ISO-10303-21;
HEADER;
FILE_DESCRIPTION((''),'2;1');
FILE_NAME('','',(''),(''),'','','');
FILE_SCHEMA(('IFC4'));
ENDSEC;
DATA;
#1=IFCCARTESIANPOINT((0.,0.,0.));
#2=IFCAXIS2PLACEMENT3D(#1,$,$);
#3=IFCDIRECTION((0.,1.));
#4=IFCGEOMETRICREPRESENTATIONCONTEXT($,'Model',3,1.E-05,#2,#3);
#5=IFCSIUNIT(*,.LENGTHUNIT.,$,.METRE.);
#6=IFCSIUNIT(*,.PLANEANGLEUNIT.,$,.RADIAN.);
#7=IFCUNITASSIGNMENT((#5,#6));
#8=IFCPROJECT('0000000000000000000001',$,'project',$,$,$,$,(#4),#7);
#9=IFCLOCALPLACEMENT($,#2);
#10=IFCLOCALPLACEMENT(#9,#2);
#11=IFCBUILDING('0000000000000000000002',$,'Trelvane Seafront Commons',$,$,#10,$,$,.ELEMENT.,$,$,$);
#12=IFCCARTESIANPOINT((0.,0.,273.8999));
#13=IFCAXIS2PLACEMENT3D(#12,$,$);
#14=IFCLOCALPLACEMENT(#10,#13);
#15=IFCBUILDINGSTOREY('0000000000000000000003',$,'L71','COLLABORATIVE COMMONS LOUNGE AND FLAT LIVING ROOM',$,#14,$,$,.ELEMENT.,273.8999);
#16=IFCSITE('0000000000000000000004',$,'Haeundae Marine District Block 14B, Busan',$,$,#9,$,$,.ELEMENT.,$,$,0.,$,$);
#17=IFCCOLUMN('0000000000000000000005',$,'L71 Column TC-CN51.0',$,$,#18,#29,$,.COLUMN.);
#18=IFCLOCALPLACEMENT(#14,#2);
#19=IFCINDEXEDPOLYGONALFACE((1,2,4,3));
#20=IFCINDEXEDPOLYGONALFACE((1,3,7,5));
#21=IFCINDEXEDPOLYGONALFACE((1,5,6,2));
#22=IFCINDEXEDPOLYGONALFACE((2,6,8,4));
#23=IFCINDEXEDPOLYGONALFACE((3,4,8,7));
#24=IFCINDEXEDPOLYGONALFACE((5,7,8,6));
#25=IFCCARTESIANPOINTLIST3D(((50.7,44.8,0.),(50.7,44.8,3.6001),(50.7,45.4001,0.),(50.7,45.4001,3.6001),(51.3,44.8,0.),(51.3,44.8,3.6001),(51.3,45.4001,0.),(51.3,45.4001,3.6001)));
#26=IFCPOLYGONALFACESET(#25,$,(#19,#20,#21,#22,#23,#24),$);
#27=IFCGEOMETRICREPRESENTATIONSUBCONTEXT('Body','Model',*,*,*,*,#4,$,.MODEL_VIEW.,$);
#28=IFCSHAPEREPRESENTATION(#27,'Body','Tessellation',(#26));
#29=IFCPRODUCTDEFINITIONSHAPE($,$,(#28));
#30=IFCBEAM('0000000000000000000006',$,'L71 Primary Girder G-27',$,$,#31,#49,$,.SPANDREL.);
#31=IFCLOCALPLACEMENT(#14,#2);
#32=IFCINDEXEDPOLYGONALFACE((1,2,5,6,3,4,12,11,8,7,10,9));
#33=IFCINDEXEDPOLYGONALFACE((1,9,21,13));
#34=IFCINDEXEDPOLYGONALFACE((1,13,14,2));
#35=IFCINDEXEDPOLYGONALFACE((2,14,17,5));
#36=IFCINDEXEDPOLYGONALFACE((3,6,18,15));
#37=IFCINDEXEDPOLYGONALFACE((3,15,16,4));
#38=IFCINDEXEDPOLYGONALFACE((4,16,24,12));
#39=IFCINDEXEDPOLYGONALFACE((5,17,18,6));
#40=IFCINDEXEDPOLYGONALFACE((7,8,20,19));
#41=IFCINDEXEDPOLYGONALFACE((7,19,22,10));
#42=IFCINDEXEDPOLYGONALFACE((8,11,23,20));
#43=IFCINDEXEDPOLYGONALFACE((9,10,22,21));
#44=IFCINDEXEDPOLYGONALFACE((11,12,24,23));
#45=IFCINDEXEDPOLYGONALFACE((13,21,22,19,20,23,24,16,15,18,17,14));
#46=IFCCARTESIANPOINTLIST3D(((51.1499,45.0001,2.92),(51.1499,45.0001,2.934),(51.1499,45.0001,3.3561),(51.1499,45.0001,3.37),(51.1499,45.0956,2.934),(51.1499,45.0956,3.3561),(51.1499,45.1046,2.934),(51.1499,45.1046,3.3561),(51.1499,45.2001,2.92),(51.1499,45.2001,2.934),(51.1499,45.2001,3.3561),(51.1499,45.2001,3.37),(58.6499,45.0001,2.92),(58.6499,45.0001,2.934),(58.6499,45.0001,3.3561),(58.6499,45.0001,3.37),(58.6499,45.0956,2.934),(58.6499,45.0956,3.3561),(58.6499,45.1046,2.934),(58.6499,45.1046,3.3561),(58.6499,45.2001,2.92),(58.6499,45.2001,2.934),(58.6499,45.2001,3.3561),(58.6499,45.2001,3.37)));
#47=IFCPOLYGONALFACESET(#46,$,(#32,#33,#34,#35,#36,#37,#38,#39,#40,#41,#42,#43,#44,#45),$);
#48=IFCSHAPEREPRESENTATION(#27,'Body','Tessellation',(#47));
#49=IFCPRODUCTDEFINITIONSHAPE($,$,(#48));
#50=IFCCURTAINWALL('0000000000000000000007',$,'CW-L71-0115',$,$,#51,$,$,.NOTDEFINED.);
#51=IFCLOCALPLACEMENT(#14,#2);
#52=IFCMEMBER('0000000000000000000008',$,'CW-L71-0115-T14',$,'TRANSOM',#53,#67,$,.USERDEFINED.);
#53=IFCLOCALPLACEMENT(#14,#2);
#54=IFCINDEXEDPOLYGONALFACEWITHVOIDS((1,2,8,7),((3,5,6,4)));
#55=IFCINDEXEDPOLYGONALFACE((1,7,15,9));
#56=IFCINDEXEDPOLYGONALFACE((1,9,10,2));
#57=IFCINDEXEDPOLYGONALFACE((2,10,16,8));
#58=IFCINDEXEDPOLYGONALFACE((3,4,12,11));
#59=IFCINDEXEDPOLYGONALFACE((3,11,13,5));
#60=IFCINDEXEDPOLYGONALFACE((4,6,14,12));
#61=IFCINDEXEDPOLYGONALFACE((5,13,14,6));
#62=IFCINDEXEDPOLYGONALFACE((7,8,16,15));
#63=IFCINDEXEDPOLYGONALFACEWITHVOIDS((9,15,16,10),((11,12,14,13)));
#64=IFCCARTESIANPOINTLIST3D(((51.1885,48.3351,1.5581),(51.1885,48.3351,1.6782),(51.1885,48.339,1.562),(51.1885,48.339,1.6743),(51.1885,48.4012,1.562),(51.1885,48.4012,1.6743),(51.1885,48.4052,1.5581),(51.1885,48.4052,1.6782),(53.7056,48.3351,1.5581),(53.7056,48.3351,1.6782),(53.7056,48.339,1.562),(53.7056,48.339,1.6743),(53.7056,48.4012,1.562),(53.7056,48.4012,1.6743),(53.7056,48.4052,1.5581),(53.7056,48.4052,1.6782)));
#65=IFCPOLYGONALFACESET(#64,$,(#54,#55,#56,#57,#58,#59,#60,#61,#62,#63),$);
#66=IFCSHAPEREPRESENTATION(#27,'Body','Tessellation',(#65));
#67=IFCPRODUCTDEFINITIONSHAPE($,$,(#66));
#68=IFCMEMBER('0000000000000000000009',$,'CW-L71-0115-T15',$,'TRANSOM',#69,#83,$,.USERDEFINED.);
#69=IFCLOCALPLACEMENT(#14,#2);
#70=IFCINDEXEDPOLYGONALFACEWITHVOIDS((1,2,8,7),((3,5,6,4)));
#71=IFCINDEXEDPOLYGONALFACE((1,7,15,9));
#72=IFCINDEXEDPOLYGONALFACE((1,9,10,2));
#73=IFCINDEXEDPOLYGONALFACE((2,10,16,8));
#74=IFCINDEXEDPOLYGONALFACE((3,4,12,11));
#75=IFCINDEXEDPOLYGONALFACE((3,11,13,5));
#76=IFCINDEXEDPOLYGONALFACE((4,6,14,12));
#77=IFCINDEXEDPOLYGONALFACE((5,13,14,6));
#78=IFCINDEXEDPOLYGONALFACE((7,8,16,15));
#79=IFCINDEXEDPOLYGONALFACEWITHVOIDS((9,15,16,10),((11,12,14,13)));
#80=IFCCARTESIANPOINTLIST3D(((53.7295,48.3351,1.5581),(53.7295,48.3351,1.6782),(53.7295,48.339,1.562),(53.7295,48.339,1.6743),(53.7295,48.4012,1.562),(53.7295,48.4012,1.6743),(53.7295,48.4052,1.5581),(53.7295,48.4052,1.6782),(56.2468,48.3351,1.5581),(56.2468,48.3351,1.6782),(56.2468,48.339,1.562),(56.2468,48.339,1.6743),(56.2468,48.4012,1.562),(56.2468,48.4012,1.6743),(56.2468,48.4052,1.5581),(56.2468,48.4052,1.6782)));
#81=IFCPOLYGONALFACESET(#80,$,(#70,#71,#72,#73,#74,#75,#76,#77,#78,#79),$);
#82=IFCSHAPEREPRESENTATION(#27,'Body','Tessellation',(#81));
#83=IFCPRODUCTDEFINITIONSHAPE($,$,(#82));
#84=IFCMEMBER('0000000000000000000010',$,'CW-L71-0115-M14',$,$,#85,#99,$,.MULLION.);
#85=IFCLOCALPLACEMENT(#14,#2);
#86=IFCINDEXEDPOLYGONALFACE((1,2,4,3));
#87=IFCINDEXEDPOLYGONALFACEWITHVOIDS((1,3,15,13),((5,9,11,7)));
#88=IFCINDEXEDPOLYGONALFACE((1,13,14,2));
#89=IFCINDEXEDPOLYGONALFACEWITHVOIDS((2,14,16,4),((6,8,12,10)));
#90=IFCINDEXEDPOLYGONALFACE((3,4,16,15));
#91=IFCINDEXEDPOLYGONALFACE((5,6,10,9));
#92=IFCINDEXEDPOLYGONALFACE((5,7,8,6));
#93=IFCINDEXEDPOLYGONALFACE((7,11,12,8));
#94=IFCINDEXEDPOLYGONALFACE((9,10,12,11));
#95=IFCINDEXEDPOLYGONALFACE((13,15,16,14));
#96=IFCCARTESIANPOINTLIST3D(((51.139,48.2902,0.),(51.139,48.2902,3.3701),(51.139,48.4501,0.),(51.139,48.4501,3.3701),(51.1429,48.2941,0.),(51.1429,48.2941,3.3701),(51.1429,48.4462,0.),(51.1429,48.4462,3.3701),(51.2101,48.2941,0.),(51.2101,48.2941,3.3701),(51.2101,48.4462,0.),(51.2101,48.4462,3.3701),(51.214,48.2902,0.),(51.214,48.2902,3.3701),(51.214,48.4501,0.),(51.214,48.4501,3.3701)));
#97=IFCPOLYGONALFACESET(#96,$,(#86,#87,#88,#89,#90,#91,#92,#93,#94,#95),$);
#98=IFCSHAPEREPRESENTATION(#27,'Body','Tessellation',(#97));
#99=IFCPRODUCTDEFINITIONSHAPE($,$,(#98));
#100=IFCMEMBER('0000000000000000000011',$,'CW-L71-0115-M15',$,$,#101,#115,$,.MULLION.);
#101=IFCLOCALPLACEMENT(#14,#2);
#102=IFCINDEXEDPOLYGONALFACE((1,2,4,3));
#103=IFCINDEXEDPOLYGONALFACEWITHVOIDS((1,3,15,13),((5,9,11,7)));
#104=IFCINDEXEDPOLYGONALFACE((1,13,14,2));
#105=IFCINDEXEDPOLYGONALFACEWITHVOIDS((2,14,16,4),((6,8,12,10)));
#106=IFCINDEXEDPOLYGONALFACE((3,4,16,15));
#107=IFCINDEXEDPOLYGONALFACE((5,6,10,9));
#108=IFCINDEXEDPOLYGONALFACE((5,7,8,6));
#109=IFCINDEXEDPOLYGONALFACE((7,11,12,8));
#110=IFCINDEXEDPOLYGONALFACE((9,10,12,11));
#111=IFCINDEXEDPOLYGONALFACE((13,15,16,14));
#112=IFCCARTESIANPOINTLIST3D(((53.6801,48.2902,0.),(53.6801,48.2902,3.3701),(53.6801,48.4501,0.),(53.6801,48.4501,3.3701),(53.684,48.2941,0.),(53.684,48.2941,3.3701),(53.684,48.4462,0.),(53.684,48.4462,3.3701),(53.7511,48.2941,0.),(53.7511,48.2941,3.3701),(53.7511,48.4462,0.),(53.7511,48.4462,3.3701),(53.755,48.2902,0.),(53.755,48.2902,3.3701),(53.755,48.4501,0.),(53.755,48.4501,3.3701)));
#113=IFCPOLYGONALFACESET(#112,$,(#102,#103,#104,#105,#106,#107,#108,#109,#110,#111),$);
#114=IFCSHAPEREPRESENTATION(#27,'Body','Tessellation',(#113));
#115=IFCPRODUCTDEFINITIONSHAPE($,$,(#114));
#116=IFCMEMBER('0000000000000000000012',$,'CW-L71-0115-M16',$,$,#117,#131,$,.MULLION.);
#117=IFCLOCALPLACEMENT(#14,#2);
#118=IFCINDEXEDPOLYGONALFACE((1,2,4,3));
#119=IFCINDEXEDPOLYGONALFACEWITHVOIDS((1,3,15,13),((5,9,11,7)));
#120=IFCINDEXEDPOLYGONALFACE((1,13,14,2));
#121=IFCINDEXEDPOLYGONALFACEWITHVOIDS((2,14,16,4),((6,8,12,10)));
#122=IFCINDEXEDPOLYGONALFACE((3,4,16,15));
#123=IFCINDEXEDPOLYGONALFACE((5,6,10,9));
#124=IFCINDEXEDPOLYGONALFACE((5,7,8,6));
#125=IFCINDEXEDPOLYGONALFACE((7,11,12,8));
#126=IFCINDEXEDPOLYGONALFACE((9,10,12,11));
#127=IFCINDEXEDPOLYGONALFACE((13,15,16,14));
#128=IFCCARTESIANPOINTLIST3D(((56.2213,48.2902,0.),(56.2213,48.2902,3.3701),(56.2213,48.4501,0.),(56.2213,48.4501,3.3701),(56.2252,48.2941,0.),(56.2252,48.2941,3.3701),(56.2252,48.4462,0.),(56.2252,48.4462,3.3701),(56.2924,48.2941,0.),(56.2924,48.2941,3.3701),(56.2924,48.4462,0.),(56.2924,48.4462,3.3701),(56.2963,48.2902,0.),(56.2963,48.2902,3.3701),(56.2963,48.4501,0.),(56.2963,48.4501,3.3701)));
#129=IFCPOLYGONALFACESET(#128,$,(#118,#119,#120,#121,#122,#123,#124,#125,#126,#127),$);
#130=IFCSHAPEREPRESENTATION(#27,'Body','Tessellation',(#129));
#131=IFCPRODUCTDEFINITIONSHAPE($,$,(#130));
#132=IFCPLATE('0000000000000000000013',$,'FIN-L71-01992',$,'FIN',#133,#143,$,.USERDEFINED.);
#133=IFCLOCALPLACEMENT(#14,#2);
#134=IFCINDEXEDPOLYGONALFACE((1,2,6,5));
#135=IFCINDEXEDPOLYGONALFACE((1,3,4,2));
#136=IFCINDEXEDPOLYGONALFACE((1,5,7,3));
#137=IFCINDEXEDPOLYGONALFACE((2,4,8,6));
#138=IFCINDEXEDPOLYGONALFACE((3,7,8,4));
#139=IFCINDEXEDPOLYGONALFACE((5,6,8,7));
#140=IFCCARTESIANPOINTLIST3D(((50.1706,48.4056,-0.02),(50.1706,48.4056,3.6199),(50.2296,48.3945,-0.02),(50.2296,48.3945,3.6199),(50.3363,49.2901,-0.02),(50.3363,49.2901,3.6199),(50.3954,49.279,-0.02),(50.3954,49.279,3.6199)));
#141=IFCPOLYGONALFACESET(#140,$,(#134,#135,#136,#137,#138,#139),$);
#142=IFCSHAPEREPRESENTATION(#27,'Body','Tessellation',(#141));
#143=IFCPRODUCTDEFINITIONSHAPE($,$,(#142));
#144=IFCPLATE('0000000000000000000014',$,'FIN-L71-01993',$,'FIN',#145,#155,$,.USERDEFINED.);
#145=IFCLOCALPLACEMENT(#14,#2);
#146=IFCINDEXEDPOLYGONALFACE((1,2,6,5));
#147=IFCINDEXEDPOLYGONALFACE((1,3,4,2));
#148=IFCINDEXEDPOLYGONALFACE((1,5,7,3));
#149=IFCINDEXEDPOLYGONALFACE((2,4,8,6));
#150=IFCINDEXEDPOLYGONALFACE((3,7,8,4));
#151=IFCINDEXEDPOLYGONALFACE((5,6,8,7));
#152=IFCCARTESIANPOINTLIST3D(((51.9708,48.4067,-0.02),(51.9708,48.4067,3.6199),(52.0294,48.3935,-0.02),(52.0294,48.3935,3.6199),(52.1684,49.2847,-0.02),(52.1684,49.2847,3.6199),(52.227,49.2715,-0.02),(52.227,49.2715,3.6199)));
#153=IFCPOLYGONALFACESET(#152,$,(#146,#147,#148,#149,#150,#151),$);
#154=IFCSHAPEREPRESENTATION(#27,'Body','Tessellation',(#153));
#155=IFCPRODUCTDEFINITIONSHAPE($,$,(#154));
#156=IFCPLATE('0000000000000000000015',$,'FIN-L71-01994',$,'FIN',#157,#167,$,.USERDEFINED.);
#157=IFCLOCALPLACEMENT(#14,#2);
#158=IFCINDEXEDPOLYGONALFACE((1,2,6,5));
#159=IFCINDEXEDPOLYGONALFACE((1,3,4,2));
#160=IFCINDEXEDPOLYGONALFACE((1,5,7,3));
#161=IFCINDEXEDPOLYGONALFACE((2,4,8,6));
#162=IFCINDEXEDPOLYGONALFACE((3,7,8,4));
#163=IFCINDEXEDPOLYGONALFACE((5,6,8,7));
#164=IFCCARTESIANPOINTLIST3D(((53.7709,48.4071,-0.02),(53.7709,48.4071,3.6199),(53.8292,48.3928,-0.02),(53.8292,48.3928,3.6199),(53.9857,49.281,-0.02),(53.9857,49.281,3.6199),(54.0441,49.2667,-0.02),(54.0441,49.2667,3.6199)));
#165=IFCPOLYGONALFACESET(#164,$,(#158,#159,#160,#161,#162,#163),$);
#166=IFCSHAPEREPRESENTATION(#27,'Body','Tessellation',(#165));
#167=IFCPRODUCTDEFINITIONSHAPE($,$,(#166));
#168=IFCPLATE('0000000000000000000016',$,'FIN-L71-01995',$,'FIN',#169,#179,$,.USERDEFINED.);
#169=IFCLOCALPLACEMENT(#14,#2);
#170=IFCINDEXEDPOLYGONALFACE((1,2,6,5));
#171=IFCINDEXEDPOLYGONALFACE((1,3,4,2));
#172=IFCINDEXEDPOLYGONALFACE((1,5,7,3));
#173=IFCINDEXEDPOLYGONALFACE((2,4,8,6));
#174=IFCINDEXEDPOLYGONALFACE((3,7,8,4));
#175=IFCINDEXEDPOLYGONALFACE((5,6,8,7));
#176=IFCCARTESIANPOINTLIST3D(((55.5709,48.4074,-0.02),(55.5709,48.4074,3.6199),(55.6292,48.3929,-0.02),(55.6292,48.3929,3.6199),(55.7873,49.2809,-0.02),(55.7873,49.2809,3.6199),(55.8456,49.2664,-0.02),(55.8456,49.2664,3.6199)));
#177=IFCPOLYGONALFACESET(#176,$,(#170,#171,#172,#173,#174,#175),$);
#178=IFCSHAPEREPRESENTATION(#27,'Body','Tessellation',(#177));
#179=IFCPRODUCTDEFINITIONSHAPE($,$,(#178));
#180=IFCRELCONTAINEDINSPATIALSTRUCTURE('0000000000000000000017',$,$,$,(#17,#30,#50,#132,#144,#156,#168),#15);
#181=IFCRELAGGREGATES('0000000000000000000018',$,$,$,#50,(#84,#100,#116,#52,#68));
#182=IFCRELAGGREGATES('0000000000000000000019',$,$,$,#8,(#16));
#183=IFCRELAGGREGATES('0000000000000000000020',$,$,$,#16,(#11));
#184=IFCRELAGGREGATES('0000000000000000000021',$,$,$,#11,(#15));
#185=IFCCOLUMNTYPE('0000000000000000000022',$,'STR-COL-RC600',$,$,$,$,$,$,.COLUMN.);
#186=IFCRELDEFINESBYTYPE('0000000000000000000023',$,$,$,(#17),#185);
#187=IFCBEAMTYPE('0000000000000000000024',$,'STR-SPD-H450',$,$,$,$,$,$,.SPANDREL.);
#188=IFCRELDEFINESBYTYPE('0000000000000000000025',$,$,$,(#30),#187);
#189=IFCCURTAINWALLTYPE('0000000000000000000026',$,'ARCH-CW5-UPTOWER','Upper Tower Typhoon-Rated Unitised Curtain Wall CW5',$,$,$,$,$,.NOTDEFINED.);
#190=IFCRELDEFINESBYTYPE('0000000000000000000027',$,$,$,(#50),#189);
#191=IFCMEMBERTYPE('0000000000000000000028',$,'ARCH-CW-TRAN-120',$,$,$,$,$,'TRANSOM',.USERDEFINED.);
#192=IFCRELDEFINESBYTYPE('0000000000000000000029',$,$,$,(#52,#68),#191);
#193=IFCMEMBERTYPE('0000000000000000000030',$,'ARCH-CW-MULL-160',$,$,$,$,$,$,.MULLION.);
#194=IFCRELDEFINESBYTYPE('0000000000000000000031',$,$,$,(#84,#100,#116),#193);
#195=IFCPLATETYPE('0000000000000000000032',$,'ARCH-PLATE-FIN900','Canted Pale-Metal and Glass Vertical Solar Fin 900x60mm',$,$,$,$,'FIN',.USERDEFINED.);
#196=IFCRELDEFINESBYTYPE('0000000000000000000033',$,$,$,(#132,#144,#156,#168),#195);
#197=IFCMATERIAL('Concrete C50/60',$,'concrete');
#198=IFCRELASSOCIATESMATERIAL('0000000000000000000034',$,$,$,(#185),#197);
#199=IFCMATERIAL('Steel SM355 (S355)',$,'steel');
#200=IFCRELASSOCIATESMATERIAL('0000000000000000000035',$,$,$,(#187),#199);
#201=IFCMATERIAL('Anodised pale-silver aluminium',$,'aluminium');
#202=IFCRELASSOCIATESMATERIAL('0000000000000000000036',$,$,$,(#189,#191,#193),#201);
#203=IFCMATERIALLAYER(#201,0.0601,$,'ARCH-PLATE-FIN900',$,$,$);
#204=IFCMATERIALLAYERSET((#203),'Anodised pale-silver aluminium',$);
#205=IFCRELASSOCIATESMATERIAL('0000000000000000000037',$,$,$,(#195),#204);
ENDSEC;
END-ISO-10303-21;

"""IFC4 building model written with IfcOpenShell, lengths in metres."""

from ifc_helpers import new_model, si_unit, direction, frame, origin, origin_2d, place, context, subcontext, project, spatial, rectangle, hollow_rectangle, i_section, extrude, source, transform, mapped, material, layer, layer_set, material_profile, profile_set, type_object, element, aggregate, save


model = new_model("IFC4")

# Units and contexts
model_context = context("Model", 3, precision=1e-05, world=origin(), true_north=direction((0.0, 1.0)))
body_context = subcontext(model_context, "Body", "Model", "MODEL_VIEW")
ifc_project = project(units=[si_unit("LENGTHUNIT", "METRE"), si_unit("PLANEANGLEUNIT", "RADIAN")], contexts=[model_context])

# Site, building, storey
site_placement = place(None, origin())
site = spatial("IfcSite", under=ifc_project, at=site_placement, Name="Haeundae Marine District Block 14B, Busan", CompositionType="ELEMENT", RefElevation=0.0)
building_placement = place(site_placement, origin())
building = spatial("IfcBuilding", under=site, at=building_placement, Name="Trelvane Seafront Commons", CompositionType="ELEMENT")
storey_placement = place(building_placement, frame((0.0, 0.0, 273.8999)))
storey = spatial("IfcBuildingStorey", under=building, at=storey_placement, Name="L71", Description="COLLABORATIVE COMMONS LOUNGE AND FLAT LIVING ROOM", CompositionType="ELEMENT", Elevation=273.8999)

# Column
ifc_material_1 = material(Name="Concrete C50/60", Category="concrete")
ifc_material_profile_1 = material_profile(ifc_material_1, rectangle(XDim=0.6001, YDim=0.6001, at=origin_2d()), Name="RC-600x600")
ifc_profile_set_1 = profile_set([ifc_material_profile_1], Name="Concrete C50/60")
column_type = type_object("IfcColumnType", Name="STR-COL-RC600", PredefinedType="COLUMN", material=ifc_profile_set_1)
shared_shape_1 = source(origin(), body_context, "Body", "SweptSolid", [
    extrude(rectangle(XDim=0.6001, YDim=0.6001, at=origin_2d()), origin(), (0.0, 0.0, 1.0), 3.6001),
])
column_placement = place(storey_placement, frame((51.0, 45.1001, 0.0), z_axis=(0.0, 0.0, 1.0), x_axis=(1.0, 0.0, 0.0)))
element("IfcColumn", 1, at=column_placement, inside=storey, type_object=column_type, Name="L71 Column TC-CN51.0", PredefinedType="COLUMN", context=body_context, shape_type="MappedRepresentation", body=[
    mapped(shared_shape_1, transform((0.0, 0.0, 0.0), x_axis=(1.0, 0.0, 0.0), y_axis=(0.0, 1.0, 0.0), z_axis=(0.0, 0.0, 1.0), scale=1.0)),
])

# Beam
ifc_material_2 = material(Name="Steel SM355 (S355)", Category="steel")
ifc_material_profile_2 = material_profile(ifc_material_2, i_section(OverallWidth=0.2, OverallDepth=0.45, WebThickness=0.009, FlangeThickness=0.0139, at=origin_2d()), Name="H-450x200x9x14")
ifc_profile_set_2 = profile_set([ifc_material_profile_2], Name="Steel SM355 (S355)")
beam_type = type_object("IfcBeamType", Name="STR-SPD-H450", PredefinedType="SPANDREL", material=ifc_profile_set_2)
shared_shape_2 = source(origin(), body_context, "Body", "SweptSolid", [
    extrude(i_section(OverallWidth=0.2, OverallDepth=0.45, WebThickness=0.009, FlangeThickness=0.0139, at=origin_2d()), origin(), (0.0, 0.0, 1.0), 7.5),
])
beam_placement = place(storey_placement, frame((51.1499, 45.1001, 3.145), z_axis=(1.0, 0.0, 0.0), x_axis=(0.0, 1.0, 0.0)))
element("IfcBeam", 2, at=beam_placement, inside=storey, type_object=beam_type, Name="L71 Primary Girder G-27", PredefinedType="SPANDREL", context=body_context, shape_type="MappedRepresentation", body=[
    mapped(shared_shape_2, transform((0.0, 0.0, 0.0), x_axis=(1.0, 0.0, 0.0), y_axis=(0.0, 1.0, 0.0), z_axis=(0.0, 0.0, 1.0), scale=1.0)),
])

# Curtain wall, members
ifc_material_3 = material(Name="Anodised pale-silver aluminium", Category="aluminium")
curtain_wall_type = type_object("IfcCurtainWallType", Name="ARCH-CW5-UPTOWER", Description="Upper Tower Typhoon-Rated Unitised Curtain Wall CW5", PredefinedType="NOTDEFINED", material=ifc_material_3)
curtain_wall_placement = place(storey_placement, origin())
curtain_wall = element("IfcCurtainWall", 3, at=curtain_wall_placement, inside=storey, type_object=curtain_wall_type, Name="CW-L71-0115", PredefinedType="NOTDEFINED")
ifc_material_profile_3 = material_profile(ifc_material_3, hollow_rectangle(XDim=0.0701, YDim=0.1201, WallThickness=0.0039, at=origin_2d()), Name="TRAN-70x120x4")
ifc_profile_set_3 = profile_set([ifc_material_profile_3], Name="Anodised pale-silver aluminium")
member_type_1 = type_object("IfcMemberType", Name="ARCH-CW-TRAN-120", ElementType="TRANSOM", PredefinedType="USERDEFINED", material=ifc_profile_set_3)
shared_shape_3 = source(origin(), body_context, "Body", "SweptSolid", [
    extrude(hollow_rectangle(XDim=0.0701, YDim=0.1201, WallThickness=0.0039, at=origin_2d()), origin(), (0.0, 0.0, 1.0), 2.5171),
])
member_1_placement = place(storey_placement, frame((51.1885, 48.3701, 1.6182), z_axis=(1.0, 0.0, 0.0), x_axis=(0.0, 1.0, 0.0)))
member_1 = element("IfcMember", 4, at=member_1_placement, type_object=member_type_1, Name="CW-L71-0115-T14", ObjectType="TRANSOM", PredefinedType="USERDEFINED", context=body_context, shape_type="MappedRepresentation", body=[
    mapped(shared_shape_3, transform((0.0, 0.0, 0.0), x_axis=(1.0, 0.0, 0.0), y_axis=(0.0, 1.0, 0.0), z_axis=(0.0, 0.0, 1.0), scale=1.0)),
])
shared_shape_4 = source(origin(), body_context, "Body", "SweptSolid", [
    extrude(hollow_rectangle(XDim=0.0701, YDim=0.1201, WallThickness=0.0039, at=origin_2d()), origin(), (0.0, 0.0, 1.0), 2.5173),
])
member_2_placement = place(storey_placement, frame((53.7295, 48.3701, 1.6182), z_axis=(1.0, 0.0, 0.0), x_axis=(0.0, 1.0, 0.0)))
member_2 = element("IfcMember", 5, at=member_2_placement, type_object=member_type_1, Name="CW-L71-0115-T15", ObjectType="TRANSOM", PredefinedType="USERDEFINED", context=body_context, shape_type="MappedRepresentation", body=[
    mapped(shared_shape_4, transform((0.0, 0.0, 0.0), x_axis=(1.0, 0.0, 0.0), y_axis=(0.0, 1.0, 0.0), z_axis=(0.0, 0.0, 1.0), scale=1.0)),
])
ifc_material_profile_4 = material_profile(ifc_material_3, hollow_rectangle(XDim=0.075, YDim=0.1599, WallThickness=0.0039, at=origin_2d()), Name="MULL-75x160x4")
ifc_profile_set_4 = profile_set([ifc_material_profile_4], Name="Anodised pale-silver aluminium")
member_type_2 = type_object("IfcMemberType", Name="ARCH-CW-MULL-160", PredefinedType="MULLION", material=ifc_profile_set_4)
shared_shape_5 = source(origin(), body_context, "Body", "SweptSolid", [
    extrude(hollow_rectangle(XDim=0.075, YDim=0.1599, WallThickness=0.0039, at=origin_2d()), origin(), (0.0, 0.0, 1.0), 3.3701),
])
member_3_placement = place(storey_placement, frame((51.1765, 48.3701, 0.0), z_axis=(0.0, 0.0, 1.0), x_axis=(1.0, 0.0, 0.0)))
member_3 = element("IfcMember", 6, at=member_3_placement, type_object=member_type_2, Name="CW-L71-0115-M14", PredefinedType="MULLION", context=body_context, shape_type="MappedRepresentation", body=[
    mapped(shared_shape_5, transform((0.0, 0.0, 0.0), x_axis=(1.0, 0.0, 0.0), y_axis=(0.0, 1.0, 0.0), z_axis=(0.0, 0.0, 1.0), scale=1.0)),
])
member_4_placement = place(storey_placement, frame((53.7175, 48.3701, 0.0), z_axis=(0.0, 0.0, 1.0), x_axis=(1.0, 0.0, 0.0)))
member_4 = element("IfcMember", 7, at=member_4_placement, type_object=member_type_2, Name="CW-L71-0115-M15", PredefinedType="MULLION", context=body_context, shape_type="MappedRepresentation", body=[
    mapped(shared_shape_5, transform((0.0, 0.0, 0.0), x_axis=(1.0, 0.0, 0.0), y_axis=(0.0, 1.0, 0.0), z_axis=(0.0, 0.0, 1.0), scale=1.0)),
])
member_5_placement = place(storey_placement, frame((56.2588, 48.3701, 0.0), z_axis=(0.0, 0.0, 1.0), x_axis=(1.0, 0.0, 0.0)))
member_5 = element("IfcMember", 8, at=member_5_placement, type_object=member_type_2, Name="CW-L71-0115-M16", PredefinedType="MULLION", context=body_context, shape_type="MappedRepresentation", body=[
    mapped(shared_shape_5, transform((0.0, 0.0, 0.0), x_axis=(1.0, 0.0, 0.0), y_axis=(0.0, 1.0, 0.0), z_axis=(0.0, 0.0, 1.0), scale=1.0)),
])

# Plates
ifc_layer_1 = layer(ifc_material_3, 0.0601, Name="ARCH-PLATE-FIN900")
ifc_layer_set_1 = layer_set([ifc_layer_1], Name="Anodised pale-silver aluminium")
plate_type_1 = type_object("IfcPlateType", Name="ARCH-PLATE-FIN900", Description="Canted Pale-Metal and Glass Vertical Solar Fin 900x60mm", ElementType="FIN", PredefinedType="USERDEFINED", material=ifc_layer_set_1)
shared_shape_6 = source(origin(), body_context, "Body", "SweptSolid", [
    extrude(rectangle(XDim=0.8999, YDim=0.0601, at=origin_2d()), origin(), (0.0, 0.0, 1.0), 3.6399),
])
for number, where, z_axis, x_axis, name in (
    (9, (50.283, 48.8423, -0.02), (0.0, 0.0, 1.0), (0.184221, 0.982885, 0.0), "FIN-L71-01992"),
    (10, (52.0989, 48.8391, -0.02), (0.0, 0.0, 1.0), (0.219565, 0.975598, 0.0), "FIN-L71-01993"),
    (11, (53.9075, 48.8369, -0.02), (0.0, 0.0, 1.0), (0.238769, 0.971076, 0.0), "FIN-L71-01994"),
    (12, (55.7083, 48.8369, -0.02), (0.0, 0.0, 1.0), (0.240443, 0.970663, 0.0), "FIN-L71-01995"),
):
    element("IfcPlate", number, at=place(storey_placement, frame(where, z_axis=z_axis, x_axis=x_axis)), inside=storey, type_object=plate_type_1, Name=name, ObjectType="FIN", PredefinedType="USERDEFINED", context=body_context, shape_type="MappedRepresentation", body=[
        mapped(shared_shape_6, transform((0.0, 0.0, 0.0), x_axis=(1.0, 0.0, 0.0), y_axis=(0.0, 1.0, 0.0), z_axis=(0.0, 0.0, 1.0), scale=1.0)),
    ])

aggregate(curtain_wall, [member_3, member_4, member_5, member_1, member_2])

save(model, "model.ifc")
